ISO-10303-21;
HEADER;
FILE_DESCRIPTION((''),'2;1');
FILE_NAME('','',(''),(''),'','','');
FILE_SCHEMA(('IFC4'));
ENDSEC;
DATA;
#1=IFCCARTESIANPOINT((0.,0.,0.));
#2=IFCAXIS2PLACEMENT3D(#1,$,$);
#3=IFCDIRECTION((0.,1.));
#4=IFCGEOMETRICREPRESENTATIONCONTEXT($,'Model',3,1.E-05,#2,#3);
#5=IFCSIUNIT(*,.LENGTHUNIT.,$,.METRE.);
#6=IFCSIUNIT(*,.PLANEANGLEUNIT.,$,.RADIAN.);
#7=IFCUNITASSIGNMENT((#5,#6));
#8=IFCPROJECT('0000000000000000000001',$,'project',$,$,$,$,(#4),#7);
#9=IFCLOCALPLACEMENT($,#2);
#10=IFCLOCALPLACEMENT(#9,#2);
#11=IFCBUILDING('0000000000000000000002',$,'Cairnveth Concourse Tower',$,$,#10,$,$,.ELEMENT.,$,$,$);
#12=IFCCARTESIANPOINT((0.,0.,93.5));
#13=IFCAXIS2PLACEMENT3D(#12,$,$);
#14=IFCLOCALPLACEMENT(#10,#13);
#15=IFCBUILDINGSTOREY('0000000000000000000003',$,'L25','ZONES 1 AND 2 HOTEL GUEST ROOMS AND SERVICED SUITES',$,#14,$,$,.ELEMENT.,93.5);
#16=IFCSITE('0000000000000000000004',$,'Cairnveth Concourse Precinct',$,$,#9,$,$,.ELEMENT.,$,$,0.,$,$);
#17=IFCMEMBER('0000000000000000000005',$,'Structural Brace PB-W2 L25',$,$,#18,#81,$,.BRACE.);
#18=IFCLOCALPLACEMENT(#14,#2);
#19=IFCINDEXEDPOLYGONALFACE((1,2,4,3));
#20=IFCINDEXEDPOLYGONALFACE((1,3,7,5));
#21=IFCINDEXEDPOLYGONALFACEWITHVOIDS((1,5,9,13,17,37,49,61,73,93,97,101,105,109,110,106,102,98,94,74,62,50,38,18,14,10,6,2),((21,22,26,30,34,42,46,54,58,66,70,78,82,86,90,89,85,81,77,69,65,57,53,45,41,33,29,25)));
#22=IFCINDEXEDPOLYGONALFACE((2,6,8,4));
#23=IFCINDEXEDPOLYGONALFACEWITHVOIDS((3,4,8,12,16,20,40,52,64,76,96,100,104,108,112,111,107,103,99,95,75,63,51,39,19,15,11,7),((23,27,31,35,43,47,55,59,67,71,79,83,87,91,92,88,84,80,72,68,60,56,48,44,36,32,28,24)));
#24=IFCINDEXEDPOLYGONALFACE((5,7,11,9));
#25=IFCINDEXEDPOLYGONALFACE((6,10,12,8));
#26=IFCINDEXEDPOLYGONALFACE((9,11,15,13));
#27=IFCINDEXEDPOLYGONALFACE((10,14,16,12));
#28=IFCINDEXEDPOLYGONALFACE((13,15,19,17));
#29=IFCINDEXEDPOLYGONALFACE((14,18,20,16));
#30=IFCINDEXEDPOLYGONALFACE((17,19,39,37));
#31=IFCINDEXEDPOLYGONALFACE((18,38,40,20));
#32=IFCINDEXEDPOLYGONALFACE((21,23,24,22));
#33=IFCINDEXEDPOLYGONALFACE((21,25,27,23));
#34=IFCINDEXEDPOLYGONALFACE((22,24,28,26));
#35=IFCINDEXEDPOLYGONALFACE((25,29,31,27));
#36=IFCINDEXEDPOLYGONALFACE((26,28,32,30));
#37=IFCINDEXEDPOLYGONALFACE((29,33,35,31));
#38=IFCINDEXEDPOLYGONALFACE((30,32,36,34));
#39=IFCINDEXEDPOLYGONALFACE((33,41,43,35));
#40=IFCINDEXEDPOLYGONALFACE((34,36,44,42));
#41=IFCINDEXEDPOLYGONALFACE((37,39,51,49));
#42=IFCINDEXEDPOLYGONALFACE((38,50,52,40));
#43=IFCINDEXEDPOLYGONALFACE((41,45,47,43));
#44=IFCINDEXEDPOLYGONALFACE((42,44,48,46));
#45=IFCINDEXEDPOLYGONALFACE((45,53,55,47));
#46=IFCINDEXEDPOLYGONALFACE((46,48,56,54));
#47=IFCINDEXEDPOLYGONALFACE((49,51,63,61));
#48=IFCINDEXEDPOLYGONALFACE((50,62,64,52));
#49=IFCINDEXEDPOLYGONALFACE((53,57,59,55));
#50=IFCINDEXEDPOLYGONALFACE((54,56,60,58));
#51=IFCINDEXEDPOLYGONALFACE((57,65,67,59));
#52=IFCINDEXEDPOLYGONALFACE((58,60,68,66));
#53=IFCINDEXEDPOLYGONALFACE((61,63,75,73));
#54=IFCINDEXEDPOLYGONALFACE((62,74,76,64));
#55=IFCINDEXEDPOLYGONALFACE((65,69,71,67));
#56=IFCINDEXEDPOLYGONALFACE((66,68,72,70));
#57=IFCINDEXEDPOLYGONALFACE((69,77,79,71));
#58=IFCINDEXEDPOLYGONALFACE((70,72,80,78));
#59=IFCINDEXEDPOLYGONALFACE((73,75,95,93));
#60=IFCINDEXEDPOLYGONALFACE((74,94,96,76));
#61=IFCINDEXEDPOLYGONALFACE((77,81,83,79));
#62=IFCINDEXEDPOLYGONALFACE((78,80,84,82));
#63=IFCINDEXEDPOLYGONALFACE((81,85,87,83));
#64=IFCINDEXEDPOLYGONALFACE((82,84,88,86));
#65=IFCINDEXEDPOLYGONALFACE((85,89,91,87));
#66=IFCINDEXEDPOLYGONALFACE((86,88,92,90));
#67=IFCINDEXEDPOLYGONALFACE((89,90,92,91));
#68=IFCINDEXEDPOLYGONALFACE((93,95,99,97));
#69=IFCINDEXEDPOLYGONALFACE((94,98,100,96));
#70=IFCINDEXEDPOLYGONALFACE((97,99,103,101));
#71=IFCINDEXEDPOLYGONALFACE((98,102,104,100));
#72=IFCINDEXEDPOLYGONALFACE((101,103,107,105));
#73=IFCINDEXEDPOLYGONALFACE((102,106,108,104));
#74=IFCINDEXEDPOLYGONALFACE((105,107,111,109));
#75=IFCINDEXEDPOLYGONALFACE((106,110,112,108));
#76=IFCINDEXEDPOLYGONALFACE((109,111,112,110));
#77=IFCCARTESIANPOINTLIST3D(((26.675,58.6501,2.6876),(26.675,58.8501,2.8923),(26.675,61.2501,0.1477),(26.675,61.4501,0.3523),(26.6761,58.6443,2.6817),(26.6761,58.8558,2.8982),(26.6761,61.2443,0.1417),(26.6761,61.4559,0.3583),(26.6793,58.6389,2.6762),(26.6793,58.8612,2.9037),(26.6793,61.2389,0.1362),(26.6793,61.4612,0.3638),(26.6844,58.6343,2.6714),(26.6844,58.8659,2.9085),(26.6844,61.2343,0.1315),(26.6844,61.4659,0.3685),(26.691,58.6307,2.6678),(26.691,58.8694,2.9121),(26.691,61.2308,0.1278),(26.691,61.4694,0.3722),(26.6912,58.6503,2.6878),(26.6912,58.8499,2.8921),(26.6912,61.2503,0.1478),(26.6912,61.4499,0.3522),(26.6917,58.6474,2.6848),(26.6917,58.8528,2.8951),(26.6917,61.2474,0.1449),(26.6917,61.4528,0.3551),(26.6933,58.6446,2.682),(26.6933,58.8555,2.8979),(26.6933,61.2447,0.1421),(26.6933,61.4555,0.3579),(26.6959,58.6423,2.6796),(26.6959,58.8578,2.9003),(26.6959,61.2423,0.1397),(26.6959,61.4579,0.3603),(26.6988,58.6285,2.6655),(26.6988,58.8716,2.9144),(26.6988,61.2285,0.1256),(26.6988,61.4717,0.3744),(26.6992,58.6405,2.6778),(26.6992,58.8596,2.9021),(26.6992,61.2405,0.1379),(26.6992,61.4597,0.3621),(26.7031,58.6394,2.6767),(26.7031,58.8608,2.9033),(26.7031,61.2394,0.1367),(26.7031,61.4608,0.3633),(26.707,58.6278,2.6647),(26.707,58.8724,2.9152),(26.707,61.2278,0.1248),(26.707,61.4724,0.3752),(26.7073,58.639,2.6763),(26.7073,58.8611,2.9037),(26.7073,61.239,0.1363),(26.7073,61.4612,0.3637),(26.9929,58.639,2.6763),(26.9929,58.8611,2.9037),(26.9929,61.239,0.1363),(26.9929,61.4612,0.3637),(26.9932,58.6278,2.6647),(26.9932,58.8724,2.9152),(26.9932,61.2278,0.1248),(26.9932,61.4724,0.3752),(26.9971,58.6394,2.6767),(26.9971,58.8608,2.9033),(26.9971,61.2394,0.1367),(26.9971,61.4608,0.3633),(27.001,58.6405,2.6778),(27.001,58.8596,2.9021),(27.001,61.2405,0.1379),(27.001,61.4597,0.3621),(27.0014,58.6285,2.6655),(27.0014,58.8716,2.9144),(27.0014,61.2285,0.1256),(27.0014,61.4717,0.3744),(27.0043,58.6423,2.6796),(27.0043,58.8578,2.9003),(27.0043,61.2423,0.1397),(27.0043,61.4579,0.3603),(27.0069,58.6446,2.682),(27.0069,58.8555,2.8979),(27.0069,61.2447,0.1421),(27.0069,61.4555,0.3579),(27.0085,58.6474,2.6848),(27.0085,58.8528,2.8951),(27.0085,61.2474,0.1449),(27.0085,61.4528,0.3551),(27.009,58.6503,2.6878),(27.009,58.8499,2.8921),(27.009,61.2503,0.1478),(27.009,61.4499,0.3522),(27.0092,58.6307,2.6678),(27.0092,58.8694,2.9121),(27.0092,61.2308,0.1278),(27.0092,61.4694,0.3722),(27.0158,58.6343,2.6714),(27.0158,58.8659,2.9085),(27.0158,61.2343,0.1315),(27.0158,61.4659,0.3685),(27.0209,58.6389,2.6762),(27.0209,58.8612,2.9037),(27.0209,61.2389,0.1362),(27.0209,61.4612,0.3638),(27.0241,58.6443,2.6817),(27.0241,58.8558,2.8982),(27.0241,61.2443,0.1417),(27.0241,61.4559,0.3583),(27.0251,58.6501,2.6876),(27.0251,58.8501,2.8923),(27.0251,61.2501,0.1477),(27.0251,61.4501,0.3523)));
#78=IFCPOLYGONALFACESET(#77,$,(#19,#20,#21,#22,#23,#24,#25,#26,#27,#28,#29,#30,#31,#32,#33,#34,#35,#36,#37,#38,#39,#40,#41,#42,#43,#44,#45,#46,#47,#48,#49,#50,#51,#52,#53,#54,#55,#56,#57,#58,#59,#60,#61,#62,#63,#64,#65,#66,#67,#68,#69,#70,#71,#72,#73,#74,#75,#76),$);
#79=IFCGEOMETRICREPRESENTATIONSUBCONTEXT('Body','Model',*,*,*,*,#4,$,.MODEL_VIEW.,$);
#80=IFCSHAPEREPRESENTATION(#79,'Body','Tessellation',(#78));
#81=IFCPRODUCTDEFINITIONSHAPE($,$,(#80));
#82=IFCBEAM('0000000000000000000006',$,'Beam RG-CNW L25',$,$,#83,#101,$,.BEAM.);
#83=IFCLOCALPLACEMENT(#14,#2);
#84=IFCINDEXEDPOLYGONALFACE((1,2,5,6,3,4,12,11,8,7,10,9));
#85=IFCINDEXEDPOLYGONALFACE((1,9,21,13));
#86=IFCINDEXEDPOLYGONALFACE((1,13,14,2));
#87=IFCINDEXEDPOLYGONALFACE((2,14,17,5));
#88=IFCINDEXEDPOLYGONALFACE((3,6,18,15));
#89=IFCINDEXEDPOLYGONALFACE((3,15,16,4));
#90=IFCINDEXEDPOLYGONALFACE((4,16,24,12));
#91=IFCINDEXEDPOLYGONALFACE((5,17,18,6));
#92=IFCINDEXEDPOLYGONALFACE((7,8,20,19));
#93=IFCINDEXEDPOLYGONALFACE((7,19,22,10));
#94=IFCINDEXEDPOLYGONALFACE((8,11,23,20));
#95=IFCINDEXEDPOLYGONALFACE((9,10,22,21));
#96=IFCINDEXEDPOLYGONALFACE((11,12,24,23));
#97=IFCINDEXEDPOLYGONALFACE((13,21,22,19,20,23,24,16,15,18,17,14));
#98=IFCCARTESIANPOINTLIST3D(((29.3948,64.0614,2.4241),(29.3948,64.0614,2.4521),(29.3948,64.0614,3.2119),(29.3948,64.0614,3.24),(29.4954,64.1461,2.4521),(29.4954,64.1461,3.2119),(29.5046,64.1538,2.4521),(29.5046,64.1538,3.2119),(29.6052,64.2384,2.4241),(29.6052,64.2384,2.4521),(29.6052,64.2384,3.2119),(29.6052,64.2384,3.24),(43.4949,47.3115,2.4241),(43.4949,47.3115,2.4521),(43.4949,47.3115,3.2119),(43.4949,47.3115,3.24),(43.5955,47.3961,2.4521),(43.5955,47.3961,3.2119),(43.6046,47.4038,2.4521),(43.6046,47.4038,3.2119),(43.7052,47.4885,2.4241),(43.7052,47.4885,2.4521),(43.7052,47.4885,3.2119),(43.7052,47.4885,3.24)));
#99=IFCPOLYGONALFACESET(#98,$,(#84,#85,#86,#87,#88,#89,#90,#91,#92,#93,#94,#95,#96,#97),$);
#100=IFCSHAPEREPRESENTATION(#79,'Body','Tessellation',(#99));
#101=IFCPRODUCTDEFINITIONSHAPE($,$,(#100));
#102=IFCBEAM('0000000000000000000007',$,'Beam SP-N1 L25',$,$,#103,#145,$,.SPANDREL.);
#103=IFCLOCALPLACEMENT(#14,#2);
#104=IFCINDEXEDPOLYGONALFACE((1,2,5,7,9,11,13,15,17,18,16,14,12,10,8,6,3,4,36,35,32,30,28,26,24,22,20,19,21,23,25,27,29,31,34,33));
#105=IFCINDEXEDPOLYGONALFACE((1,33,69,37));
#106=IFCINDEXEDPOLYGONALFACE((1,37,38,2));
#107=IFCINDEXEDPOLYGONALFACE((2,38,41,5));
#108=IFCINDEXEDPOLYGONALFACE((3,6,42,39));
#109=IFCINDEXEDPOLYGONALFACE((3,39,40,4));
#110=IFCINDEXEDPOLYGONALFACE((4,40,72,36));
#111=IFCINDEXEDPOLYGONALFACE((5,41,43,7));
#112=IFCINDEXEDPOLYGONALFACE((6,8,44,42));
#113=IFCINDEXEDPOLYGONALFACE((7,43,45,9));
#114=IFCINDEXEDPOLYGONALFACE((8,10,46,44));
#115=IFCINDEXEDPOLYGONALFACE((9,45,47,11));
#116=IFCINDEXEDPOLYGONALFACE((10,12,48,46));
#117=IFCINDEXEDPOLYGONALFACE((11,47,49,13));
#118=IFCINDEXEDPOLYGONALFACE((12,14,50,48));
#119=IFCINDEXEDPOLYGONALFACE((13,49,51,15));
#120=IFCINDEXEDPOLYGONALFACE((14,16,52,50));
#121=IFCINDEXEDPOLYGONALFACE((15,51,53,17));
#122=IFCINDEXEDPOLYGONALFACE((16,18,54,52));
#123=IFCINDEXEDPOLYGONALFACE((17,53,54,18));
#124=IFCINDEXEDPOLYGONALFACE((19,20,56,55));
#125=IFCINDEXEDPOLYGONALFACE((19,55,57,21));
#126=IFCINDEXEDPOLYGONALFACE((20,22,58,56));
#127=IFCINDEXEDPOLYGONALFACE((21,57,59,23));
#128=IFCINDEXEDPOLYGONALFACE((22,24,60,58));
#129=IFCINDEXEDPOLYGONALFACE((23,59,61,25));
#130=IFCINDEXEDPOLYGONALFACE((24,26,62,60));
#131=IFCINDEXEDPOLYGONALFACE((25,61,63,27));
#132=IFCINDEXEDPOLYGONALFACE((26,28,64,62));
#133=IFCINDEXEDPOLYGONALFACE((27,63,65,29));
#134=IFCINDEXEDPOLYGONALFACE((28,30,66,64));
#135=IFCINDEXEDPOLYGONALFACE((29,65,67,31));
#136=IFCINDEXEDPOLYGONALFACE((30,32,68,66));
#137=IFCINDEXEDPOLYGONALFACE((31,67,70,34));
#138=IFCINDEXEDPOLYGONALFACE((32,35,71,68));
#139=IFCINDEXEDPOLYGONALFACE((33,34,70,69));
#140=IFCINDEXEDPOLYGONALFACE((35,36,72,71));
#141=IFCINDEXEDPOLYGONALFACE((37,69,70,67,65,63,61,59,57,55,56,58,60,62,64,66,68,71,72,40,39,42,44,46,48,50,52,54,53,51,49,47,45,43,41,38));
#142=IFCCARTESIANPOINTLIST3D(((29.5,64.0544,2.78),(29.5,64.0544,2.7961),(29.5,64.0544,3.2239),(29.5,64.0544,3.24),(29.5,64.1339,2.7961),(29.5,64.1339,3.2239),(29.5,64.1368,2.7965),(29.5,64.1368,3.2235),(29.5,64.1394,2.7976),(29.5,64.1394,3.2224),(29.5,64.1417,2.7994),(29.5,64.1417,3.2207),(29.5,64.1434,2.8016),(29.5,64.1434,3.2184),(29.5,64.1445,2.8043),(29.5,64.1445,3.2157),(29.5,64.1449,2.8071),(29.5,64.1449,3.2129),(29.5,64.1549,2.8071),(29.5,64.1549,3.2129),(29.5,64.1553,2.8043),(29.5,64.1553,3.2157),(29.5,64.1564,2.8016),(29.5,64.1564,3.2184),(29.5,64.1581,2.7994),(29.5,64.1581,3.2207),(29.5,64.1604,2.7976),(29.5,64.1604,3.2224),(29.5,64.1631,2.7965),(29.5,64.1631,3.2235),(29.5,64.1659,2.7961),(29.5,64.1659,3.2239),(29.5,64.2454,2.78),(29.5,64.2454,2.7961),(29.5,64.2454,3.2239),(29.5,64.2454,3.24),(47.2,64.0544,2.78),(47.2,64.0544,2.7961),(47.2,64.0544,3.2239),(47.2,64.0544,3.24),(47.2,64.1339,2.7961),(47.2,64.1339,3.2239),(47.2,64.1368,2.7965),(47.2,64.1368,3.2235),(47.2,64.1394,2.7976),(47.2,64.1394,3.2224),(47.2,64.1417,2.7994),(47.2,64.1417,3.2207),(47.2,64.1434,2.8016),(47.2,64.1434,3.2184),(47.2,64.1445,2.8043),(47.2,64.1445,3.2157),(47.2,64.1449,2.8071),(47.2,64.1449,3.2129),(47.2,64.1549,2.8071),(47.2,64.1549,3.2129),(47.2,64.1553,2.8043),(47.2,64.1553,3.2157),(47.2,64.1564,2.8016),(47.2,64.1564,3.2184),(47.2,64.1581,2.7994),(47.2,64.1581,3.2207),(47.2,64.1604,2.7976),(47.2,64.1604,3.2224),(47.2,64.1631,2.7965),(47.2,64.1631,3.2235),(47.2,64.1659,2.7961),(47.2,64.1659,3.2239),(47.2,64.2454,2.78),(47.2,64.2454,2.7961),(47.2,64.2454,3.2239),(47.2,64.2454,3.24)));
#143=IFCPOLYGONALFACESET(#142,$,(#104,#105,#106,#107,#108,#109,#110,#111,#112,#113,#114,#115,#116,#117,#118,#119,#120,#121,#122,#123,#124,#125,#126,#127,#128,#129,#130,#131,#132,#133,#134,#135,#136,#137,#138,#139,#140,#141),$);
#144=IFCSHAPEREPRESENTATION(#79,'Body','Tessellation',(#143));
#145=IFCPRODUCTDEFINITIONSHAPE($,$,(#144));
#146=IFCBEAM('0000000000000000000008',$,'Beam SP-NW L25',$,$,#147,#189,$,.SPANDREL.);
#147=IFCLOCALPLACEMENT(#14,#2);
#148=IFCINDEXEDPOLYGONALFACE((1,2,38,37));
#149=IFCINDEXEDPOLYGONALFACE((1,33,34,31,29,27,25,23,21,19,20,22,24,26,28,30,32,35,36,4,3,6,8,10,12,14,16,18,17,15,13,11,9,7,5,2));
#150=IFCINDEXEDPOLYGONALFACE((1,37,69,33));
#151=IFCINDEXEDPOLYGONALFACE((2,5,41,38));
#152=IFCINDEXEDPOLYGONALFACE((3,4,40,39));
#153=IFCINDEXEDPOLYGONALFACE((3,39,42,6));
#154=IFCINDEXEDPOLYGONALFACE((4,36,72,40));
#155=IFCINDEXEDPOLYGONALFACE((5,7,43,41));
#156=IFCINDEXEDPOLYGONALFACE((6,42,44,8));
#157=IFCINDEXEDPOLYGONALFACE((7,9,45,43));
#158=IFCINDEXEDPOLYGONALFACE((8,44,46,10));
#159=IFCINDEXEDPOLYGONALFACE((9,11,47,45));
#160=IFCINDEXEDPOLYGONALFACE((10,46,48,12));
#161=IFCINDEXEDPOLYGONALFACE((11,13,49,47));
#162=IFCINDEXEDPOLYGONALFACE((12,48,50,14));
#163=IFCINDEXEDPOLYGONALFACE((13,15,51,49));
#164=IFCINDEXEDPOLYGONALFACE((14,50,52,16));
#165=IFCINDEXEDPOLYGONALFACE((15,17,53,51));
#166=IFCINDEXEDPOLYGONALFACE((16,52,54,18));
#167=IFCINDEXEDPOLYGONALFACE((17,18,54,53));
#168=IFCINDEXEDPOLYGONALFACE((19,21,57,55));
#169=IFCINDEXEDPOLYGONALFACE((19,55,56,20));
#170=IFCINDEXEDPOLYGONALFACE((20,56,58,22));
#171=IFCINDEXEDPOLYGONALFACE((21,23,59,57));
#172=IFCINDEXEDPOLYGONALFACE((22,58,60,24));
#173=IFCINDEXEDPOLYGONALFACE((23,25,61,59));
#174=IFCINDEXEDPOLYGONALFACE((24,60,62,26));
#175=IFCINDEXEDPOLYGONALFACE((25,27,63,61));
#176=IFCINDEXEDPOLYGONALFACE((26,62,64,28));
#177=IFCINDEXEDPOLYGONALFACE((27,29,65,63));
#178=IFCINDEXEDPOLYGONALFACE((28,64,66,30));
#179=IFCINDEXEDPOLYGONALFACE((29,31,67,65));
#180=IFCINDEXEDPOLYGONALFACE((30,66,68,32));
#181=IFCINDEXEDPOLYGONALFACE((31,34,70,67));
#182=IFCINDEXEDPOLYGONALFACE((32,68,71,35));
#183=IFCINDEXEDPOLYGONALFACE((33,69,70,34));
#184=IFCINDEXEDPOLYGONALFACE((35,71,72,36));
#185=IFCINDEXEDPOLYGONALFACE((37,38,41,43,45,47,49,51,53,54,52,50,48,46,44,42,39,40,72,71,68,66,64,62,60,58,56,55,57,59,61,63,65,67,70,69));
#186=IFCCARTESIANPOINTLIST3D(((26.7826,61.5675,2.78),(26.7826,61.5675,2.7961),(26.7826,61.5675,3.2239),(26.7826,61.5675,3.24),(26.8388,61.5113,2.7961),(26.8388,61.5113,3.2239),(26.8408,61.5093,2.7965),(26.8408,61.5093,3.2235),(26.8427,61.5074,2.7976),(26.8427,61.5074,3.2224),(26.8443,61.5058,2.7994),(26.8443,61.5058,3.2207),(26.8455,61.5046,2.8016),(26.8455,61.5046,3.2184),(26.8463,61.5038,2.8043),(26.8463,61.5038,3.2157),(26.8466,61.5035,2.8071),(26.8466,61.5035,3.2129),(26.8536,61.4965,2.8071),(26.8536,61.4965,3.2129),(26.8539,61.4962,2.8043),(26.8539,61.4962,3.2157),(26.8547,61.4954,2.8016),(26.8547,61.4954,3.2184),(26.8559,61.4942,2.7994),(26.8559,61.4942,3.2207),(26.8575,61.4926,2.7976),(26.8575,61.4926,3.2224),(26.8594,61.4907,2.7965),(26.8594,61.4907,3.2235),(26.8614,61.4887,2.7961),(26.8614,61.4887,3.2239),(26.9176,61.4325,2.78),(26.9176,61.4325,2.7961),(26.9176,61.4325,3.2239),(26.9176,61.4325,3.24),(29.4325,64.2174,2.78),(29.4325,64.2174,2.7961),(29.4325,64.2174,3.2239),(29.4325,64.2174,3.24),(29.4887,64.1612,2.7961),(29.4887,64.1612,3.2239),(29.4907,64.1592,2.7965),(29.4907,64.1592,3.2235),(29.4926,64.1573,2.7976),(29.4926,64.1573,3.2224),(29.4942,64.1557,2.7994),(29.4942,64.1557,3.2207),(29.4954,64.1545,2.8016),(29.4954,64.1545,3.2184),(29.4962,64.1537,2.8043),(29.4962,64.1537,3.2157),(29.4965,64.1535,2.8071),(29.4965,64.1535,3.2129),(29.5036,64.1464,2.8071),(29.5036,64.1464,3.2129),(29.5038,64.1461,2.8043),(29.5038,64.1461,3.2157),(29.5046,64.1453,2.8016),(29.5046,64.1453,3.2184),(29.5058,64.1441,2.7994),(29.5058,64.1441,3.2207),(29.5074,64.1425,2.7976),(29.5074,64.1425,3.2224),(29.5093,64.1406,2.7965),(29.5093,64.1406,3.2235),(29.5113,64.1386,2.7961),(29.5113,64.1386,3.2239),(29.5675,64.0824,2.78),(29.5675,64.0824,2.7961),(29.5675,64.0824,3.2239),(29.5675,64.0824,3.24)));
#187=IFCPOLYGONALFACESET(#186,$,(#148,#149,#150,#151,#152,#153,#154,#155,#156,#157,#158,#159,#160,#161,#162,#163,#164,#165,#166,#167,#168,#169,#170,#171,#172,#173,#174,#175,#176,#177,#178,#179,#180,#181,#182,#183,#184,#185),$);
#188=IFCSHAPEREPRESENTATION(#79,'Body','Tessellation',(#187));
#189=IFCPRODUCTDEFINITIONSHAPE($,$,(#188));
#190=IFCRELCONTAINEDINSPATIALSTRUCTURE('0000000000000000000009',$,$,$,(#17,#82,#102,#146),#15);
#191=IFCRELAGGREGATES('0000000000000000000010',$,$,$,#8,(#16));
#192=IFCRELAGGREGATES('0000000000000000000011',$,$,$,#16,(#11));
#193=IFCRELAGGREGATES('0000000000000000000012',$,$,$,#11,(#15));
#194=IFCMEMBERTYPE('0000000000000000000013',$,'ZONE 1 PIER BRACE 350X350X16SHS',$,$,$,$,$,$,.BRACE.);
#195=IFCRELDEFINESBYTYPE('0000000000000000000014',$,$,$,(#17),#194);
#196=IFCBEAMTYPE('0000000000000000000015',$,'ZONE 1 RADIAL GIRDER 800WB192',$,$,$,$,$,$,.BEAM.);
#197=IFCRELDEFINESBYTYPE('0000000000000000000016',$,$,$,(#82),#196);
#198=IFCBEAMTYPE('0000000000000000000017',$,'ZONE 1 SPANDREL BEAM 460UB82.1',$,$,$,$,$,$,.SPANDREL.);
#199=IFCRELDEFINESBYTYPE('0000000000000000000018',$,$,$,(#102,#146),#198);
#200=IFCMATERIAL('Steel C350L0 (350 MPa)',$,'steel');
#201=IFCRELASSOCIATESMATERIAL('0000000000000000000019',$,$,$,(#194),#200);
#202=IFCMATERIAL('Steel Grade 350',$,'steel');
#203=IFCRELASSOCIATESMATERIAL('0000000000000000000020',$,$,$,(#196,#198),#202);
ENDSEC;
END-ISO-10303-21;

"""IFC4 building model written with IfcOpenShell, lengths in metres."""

from ifc_helpers import new_model, si_unit, direction, frame, origin, origin_2d, place, context, subcontext, project, spatial, hollow_rectangle, i_section, extrude, material, material_profile, profile_set, type_object, element, save


model = new_model("IFC4")

# Units and contexts
model_context = context("Model", 3, precision=1e-05, world=origin(), true_north=direction((0.0, 1.0)))
body_context = subcontext(model_context, "Body", "Model", "MODEL_VIEW")
ifc_project = project(units=[si_unit("LENGTHUNIT", "METRE"), si_unit("PLANEANGLEUNIT", "RADIAN")], contexts=[model_context])

# Site, building, storey
site_placement = place(None, origin())
site = spatial("IfcSite", under=ifc_project, at=site_placement, Name="Cairnveth Concourse Precinct", CompositionType="ELEMENT", RefElevation=0.0)
building_placement = place(site_placement, origin())
building = spatial("IfcBuilding", under=site, at=building_placement, Name="Cairnveth Concourse Tower", CompositionType="ELEMENT")
storey_placement = place(building_placement, frame((0.0, 0.0, 93.5)))
storey = spatial("IfcBuildingStorey", under=building, at=storey_placement, Name="L25", Description="ZONES 1 AND 2 HOTEL GUEST ROOMS AND SERVICED SUITES", CompositionType="ELEMENT", Elevation=93.5)

# Shared definitions
ifc_material_1 = material(Name="Steel Grade 350", Category="steel")

# Member
ifc_material_2 = material(Name="Steel C350L0 (350 MPa)", Category="steel")
ifc_material_profile_1 = material_profile(ifc_material_2, hollow_rectangle(XDim=0.3501, YDim=0.3501, WallThickness=0.0161, InnerFilletRadius=0.0161, OuterFilletRadius=0.032, at=origin_2d()), Name="350x350x16.0SHS")
ifc_profile_set_1 = profile_set([ifc_material_profile_1], Name="Steel C350L0 (350 MPa)")
member_type = type_object("IfcMemberType", Name="ZONE 1 PIER BRACE 350X350X16SHS", PredefinedType="BRACE", material=ifc_profile_set_1)
for number, where, z_axis, x_axis, name in (
    (1, (26.8501, 61.3501, 0.25), (0.0, -0.71532, 0.698797), (1.0, 0.0, 0.0), "Structural Brace PB-W2 L25"),
):
    element("IfcMember", number, at=place(storey_placement, frame(where, z_axis=z_axis, x_axis=x_axis)), inside=storey, type_object=member_type, Name=name, PredefinedType="BRACE", context=body_context, shape_type="SweptSolid", body=[
        extrude(hollow_rectangle(XDim=0.3501, YDim=0.3501, WallThickness=0.0161, InnerFilletRadius=0.0161, OuterFilletRadius=0.032, at=origin_2d()), origin(), (0.0, 0.0, 1.0), 3.6348),
    ])

# Beams
ifc_material_profile_2 = material_profile(ifc_material_1, i_section(OverallWidth=0.2749, OverallDepth=0.8159, WebThickness=0.012, FlangeThickness=0.0281, at=origin_2d()), Name="800WB192")
ifc_profile_set_2 = profile_set([ifc_material_profile_2], Name="Steel Grade 350")
beam_type_1 = type_object("IfcBeamType", Name="ZONE 1 RADIAL GIRDER 800WB192", PredefinedType="BEAM", material=ifc_profile_set_2)
beam_1_placement = place(storey_placement, frame((29.5, 64.1499, 2.832), z_axis=(0.643998, -0.765027, 0.0), x_axis=(0.765027, 0.643998, 0.0)))
element("IfcBeam", 2, at=beam_1_placement, inside=storey, type_object=beam_type_1, Name="Beam RG-CNW L25", PredefinedType="BEAM", context=body_context, shape_type="SweptSolid", body=[
    extrude(i_section(OverallWidth=0.2749, OverallDepth=0.8159, WebThickness=0.012, FlangeThickness=0.0281, at=origin_2d()), origin(), (0.0, 0.0, 1.0), 21.8945),
])
ifc_material_profile_3 = material_profile(ifc_material_1, i_section(OverallWidth=0.1909, OverallDepth=0.46, WebThickness=0.01, FlangeThickness=0.0161, FilletRadius=0.011, at=origin_2d()), Name="460UB82.1")
ifc_profile_set_3 = profile_set([ifc_material_profile_3], Name="Steel Grade 350")
beam_type_2 = type_object("IfcBeamType", Name="ZONE 1 SPANDREL BEAM 460UB82.1", PredefinedType="SPANDREL", material=ifc_profile_set_3)
beam_2_placement = place(storey_placement, frame((29.5, 64.1499, 3.01), z_axis=(1.0, 0.0, 0.0), x_axis=(0.0, 1.0, 0.0)))
element("IfcBeam", 3, at=beam_2_placement, inside=storey, type_object=beam_type_2, Name="Beam SP-N1 L25", PredefinedType="SPANDREL", context=body_context, shape_type="SweptSolid", body=[
    extrude(i_section(OverallWidth=0.1909, OverallDepth=0.46, WebThickness=0.01, FlangeThickness=0.0161, FilletRadius=0.011, at=origin_2d()), origin(), (0.0, 0.0, 1.0), 17.7),
])
beam_3_placement = place(storey_placement, frame((26.8501, 61.5, 3.01), z_axis=(0.707107, 0.707107, 0.0), x_axis=(-0.707107, 0.707107, 0.0)))
element("IfcBeam", 4, at=beam_3_placement, inside=storey, type_object=beam_type_2, Name="Beam SP-NW L25", PredefinedType="SPANDREL", context=body_context, shape_type="SweptSolid", body=[
    extrude(i_section(OverallWidth=0.1909, OverallDepth=0.46, WebThickness=0.01, FlangeThickness=0.0161, FilletRadius=0.011, at=origin_2d()), origin(), (0.0, 0.0, 1.0), 3.7476),
])

save(model, "model.ifc")
